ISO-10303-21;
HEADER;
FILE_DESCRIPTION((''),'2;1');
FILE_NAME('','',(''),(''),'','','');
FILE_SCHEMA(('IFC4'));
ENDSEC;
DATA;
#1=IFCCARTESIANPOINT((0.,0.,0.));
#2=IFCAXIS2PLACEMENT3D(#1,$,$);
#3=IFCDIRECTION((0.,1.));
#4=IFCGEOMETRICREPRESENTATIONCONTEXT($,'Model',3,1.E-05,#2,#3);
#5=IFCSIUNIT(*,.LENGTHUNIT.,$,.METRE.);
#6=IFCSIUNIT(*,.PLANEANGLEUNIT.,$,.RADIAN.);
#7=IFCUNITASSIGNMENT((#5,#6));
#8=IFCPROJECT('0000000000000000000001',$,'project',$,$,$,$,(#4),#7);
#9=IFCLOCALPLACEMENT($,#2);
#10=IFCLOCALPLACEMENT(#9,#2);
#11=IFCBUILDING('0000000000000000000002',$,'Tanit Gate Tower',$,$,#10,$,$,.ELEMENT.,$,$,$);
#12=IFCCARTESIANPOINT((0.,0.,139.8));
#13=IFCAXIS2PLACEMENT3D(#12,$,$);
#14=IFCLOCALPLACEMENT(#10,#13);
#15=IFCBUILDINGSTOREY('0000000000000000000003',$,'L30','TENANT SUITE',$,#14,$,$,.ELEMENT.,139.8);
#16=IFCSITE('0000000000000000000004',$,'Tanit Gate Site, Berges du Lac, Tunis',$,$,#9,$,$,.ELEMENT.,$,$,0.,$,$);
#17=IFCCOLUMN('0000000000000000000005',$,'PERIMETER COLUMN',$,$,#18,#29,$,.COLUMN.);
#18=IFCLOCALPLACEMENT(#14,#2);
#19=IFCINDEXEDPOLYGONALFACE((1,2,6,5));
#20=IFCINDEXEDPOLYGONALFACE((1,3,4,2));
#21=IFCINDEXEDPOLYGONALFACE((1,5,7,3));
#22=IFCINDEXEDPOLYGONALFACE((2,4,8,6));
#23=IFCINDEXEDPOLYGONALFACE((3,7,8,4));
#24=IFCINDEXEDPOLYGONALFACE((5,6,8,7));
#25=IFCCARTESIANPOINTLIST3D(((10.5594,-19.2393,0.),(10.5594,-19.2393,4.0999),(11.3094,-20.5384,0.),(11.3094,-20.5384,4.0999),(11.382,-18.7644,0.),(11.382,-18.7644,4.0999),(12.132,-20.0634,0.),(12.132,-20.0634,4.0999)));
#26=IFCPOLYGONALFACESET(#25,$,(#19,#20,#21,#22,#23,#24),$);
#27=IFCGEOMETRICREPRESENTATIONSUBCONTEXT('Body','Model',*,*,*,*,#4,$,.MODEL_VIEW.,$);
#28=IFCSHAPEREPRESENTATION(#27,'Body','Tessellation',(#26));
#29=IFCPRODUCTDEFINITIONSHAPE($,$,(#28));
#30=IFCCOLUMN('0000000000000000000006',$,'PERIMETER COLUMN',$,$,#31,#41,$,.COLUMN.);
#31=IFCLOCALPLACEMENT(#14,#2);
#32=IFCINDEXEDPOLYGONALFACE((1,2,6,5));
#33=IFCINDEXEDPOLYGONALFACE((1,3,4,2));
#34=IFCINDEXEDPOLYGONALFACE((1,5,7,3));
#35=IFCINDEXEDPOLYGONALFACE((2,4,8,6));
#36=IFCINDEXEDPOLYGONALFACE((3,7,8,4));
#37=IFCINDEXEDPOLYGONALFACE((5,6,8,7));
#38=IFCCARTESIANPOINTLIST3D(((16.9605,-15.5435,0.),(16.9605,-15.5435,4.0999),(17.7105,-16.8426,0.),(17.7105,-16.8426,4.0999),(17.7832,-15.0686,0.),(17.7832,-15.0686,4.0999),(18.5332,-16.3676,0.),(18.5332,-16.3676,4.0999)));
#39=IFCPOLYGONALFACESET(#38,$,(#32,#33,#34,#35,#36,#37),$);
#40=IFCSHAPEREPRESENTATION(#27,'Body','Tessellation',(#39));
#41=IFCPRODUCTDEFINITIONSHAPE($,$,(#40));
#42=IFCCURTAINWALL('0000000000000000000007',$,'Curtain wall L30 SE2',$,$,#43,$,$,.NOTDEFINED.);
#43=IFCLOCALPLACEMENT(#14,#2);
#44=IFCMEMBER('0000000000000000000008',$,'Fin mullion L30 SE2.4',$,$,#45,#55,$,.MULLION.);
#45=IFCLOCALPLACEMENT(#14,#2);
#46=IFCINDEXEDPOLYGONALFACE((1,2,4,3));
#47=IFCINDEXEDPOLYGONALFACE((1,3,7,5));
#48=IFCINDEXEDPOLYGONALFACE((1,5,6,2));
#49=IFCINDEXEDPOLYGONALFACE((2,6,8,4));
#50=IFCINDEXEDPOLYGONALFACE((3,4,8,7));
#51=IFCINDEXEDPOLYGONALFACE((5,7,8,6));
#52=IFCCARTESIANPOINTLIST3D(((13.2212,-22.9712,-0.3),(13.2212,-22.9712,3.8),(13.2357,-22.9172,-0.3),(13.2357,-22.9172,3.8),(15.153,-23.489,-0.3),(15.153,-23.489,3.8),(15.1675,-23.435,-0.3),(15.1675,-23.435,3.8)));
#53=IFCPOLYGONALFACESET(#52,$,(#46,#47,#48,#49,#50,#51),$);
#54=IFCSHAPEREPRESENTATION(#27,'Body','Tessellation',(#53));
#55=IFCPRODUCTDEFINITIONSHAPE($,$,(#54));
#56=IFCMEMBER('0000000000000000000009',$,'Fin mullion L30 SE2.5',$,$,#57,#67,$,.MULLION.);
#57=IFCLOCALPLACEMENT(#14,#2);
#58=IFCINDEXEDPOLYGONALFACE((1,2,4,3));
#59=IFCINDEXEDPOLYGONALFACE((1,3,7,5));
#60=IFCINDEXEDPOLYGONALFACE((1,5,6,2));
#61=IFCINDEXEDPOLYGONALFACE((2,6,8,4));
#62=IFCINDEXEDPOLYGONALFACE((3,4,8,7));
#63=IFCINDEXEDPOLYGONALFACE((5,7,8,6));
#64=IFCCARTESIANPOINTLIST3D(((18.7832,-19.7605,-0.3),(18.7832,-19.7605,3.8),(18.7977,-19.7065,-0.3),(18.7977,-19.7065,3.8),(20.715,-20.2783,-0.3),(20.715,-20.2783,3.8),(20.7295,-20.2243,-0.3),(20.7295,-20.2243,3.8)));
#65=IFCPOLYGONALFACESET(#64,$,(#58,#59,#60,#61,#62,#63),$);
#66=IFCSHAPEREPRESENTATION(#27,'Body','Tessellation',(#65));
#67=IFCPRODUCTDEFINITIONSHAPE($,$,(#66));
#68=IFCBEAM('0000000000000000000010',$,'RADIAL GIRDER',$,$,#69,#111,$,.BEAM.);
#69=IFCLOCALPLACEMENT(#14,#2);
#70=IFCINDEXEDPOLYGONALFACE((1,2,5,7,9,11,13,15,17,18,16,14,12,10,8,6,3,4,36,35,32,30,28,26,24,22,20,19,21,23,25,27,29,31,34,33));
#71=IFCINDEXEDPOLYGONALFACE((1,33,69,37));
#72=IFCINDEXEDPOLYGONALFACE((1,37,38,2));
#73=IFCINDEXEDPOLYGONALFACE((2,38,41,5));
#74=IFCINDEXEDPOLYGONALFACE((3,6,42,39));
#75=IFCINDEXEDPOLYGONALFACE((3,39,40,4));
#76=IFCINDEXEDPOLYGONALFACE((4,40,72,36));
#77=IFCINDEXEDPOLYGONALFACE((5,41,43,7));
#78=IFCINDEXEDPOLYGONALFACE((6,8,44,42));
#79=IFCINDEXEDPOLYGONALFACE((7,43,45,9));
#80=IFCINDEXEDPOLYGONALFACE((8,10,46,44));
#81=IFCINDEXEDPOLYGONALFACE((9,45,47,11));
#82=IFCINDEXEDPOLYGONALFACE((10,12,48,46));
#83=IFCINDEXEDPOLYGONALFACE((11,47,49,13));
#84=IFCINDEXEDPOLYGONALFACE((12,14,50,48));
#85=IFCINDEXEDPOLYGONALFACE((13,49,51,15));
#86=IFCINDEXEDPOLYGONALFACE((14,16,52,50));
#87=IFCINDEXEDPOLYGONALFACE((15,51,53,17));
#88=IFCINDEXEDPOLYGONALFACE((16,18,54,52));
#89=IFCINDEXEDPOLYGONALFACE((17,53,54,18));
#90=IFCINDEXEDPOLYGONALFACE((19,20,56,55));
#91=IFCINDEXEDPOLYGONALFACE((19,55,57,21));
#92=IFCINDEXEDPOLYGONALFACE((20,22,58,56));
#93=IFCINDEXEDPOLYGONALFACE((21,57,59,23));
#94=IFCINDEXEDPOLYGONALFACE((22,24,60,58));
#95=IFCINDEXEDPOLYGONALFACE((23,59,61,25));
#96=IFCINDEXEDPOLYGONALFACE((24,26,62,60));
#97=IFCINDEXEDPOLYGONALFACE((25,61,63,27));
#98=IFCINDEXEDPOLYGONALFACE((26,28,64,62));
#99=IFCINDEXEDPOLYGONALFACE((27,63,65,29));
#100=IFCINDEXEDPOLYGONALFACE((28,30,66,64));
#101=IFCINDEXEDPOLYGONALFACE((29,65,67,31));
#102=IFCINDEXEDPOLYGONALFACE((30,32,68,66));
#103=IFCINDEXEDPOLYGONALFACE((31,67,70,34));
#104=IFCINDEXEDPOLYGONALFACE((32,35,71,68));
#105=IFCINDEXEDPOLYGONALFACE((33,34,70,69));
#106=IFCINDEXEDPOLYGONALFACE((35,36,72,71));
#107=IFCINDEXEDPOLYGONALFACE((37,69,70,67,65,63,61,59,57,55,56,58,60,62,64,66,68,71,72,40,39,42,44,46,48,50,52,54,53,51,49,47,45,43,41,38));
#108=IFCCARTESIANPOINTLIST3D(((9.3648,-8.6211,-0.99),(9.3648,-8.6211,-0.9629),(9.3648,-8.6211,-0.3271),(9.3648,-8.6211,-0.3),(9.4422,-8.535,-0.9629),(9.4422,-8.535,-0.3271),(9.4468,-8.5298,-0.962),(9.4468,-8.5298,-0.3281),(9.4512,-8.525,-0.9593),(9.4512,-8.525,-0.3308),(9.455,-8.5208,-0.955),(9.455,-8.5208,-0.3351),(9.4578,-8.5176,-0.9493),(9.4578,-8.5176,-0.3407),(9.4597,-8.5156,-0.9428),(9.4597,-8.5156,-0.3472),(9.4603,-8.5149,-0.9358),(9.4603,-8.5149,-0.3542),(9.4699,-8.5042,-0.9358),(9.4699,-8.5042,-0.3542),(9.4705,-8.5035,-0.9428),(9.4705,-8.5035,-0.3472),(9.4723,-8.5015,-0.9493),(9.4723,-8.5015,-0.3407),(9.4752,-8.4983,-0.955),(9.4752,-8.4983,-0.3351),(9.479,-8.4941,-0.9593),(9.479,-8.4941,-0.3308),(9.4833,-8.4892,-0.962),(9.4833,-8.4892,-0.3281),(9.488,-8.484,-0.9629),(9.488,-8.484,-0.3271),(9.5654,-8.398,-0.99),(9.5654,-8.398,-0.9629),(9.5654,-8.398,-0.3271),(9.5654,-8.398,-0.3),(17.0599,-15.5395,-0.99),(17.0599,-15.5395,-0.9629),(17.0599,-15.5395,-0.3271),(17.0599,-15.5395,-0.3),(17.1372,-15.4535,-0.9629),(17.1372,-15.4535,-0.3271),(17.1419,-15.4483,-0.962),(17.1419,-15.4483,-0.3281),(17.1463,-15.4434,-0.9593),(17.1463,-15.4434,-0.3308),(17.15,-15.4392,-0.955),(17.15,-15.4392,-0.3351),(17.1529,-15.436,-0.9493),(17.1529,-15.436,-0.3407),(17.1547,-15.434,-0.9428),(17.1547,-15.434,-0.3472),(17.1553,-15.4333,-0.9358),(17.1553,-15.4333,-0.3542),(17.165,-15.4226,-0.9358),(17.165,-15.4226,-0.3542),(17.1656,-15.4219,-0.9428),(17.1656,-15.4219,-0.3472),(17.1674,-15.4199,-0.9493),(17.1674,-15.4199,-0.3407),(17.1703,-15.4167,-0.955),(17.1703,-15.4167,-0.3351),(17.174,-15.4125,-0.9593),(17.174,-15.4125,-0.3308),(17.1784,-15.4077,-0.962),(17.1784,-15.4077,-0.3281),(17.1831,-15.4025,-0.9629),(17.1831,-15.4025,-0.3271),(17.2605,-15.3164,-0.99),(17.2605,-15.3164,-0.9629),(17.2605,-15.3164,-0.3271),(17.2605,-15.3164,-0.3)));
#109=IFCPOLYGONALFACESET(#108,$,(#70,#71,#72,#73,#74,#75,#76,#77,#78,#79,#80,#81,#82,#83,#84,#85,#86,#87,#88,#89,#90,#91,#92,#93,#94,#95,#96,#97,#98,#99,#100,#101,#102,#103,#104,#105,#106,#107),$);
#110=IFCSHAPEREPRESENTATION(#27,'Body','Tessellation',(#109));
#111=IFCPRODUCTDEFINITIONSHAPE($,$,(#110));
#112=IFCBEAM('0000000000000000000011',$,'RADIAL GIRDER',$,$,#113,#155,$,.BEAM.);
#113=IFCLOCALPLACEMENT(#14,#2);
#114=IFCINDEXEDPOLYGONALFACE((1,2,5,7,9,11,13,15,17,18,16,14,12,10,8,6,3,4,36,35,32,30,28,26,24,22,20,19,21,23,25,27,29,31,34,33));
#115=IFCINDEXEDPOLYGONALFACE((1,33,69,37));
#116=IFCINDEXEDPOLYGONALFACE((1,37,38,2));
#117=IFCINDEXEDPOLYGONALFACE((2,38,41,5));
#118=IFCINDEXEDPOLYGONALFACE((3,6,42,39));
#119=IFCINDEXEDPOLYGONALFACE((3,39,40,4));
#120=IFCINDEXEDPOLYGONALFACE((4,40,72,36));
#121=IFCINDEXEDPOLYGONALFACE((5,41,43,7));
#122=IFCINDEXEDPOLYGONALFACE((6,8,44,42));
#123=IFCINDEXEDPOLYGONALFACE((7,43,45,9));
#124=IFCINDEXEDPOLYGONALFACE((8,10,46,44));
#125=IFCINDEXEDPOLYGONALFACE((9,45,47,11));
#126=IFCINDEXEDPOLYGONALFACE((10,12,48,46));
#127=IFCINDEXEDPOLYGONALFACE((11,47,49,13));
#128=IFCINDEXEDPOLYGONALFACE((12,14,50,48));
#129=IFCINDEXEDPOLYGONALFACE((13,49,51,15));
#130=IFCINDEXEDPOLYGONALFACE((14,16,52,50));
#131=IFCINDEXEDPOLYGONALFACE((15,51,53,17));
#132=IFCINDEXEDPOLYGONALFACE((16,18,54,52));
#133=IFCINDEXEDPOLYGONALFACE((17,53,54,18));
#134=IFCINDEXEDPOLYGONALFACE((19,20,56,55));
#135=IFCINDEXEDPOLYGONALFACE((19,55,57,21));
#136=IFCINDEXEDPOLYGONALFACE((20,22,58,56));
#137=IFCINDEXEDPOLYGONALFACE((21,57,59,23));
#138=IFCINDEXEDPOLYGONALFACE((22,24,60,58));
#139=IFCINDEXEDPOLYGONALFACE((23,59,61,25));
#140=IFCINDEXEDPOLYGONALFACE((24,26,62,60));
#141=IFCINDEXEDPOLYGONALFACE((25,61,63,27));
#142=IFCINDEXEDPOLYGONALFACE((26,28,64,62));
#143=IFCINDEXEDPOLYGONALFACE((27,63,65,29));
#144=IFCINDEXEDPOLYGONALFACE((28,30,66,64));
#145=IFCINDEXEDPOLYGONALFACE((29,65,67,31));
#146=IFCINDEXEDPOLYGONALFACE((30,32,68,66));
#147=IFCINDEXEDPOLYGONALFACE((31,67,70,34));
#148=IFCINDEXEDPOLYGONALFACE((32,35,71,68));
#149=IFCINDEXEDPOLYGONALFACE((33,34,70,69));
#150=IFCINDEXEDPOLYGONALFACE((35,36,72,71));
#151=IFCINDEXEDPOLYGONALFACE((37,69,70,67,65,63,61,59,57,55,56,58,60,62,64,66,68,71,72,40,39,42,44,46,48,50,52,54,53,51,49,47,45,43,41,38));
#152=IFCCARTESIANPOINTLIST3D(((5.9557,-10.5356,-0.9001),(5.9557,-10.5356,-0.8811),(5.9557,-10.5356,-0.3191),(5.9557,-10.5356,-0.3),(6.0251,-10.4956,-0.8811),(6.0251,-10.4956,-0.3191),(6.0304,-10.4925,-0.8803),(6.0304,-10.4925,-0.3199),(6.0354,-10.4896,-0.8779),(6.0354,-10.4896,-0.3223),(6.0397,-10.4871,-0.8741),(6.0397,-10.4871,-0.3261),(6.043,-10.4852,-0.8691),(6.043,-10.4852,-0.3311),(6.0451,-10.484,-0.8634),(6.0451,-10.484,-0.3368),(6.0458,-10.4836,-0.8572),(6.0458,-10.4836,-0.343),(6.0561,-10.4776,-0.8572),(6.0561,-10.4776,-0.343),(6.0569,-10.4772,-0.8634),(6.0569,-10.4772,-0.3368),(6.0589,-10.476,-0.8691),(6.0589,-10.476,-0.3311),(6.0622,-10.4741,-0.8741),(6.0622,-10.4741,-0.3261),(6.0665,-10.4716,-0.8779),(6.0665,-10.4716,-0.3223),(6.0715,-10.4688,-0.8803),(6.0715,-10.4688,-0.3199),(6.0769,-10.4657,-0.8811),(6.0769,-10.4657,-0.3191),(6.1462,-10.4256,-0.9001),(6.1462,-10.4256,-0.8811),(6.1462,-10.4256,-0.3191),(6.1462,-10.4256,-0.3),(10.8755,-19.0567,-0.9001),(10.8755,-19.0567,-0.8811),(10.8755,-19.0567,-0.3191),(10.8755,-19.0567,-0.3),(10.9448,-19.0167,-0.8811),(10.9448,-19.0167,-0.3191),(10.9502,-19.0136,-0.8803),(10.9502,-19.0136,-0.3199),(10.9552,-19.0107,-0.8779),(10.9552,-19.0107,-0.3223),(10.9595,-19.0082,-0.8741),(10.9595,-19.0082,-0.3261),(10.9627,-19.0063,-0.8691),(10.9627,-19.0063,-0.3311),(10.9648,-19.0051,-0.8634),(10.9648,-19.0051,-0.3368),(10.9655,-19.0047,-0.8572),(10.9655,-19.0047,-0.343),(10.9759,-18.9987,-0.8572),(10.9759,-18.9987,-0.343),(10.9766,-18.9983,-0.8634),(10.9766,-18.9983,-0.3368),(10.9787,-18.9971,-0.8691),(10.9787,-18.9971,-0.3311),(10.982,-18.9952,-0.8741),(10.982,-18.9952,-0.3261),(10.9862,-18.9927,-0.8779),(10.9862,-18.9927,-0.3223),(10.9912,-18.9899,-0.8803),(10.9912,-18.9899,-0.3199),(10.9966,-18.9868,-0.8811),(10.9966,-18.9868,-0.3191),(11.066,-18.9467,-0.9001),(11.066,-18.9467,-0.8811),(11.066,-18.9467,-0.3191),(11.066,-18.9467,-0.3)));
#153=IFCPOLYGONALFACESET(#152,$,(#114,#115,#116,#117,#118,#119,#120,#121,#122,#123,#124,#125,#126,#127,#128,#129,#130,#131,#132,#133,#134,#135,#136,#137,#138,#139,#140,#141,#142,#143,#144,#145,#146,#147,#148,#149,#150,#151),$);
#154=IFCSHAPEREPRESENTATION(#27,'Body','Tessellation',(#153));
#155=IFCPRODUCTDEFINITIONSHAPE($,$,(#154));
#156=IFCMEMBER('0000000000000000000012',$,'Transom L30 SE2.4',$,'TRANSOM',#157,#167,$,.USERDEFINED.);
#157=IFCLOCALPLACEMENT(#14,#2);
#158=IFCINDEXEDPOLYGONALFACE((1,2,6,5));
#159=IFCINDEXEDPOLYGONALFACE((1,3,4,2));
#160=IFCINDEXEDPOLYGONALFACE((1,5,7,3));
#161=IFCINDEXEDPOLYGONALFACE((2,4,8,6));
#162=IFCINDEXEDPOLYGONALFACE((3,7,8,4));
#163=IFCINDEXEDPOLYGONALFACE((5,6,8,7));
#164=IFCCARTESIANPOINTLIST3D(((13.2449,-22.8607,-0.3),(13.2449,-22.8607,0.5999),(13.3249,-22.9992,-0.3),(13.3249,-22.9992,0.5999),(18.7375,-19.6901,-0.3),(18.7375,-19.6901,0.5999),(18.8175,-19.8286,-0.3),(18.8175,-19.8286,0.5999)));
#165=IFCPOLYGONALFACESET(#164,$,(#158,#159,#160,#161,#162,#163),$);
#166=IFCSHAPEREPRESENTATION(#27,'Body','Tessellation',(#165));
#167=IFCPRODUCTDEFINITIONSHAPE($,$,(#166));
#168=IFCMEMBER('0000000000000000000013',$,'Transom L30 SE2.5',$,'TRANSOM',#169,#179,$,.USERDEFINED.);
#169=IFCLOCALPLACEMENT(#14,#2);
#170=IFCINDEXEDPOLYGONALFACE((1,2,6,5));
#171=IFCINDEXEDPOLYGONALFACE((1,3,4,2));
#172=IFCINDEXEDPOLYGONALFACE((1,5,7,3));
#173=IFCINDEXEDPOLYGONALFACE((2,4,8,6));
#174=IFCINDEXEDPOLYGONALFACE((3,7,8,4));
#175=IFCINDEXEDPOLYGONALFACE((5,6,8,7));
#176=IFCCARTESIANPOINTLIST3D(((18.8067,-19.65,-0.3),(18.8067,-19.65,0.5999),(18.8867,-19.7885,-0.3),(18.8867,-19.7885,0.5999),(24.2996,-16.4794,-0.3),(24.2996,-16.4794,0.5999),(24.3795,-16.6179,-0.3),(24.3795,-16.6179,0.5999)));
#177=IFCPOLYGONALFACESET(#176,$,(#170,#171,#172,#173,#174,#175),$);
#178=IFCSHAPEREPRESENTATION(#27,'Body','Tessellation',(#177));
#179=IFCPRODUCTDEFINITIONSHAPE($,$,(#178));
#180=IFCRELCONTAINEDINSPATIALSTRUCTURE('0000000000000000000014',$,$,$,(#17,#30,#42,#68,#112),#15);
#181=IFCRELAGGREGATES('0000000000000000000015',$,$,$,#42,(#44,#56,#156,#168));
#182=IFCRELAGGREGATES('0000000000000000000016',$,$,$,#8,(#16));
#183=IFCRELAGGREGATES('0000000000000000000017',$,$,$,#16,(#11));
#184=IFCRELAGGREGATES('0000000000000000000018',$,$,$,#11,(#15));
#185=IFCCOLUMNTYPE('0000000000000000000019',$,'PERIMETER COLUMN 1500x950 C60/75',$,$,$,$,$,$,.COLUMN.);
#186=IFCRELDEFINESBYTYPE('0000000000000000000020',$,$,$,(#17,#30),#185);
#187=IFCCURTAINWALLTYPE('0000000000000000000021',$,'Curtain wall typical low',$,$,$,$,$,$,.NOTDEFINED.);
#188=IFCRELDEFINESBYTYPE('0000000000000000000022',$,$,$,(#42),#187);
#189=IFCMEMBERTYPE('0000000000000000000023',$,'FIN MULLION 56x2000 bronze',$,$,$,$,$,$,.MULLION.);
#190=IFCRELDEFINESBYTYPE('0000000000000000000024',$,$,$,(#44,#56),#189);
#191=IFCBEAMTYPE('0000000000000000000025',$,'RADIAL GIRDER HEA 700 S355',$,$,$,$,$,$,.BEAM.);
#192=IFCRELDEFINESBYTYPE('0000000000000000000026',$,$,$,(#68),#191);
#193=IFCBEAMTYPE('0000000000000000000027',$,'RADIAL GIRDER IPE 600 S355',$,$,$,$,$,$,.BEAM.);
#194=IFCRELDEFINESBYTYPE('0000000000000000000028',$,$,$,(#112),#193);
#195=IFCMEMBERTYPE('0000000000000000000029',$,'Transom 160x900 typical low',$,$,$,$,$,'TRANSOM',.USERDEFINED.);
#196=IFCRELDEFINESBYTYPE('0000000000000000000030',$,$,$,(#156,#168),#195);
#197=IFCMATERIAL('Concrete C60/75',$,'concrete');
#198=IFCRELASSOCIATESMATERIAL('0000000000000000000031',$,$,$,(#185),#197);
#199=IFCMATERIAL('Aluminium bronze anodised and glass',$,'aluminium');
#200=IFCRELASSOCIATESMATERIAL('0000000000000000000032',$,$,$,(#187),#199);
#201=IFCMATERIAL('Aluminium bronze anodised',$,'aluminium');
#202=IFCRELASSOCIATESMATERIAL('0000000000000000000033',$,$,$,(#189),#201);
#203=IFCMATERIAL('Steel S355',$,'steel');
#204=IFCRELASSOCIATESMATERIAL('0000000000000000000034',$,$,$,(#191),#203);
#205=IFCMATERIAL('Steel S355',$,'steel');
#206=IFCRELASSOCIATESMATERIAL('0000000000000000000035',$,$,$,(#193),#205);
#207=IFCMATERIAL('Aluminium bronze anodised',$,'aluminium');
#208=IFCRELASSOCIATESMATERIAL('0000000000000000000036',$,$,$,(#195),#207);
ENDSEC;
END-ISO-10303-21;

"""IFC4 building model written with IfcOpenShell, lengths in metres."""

from ifc_helpers import new_model, si_unit, direction, frame, origin, origin_2d, place, context, subcontext, project, spatial, rectangle, i_section, extrude, material, material_profile, profile_set, type_object, element, aggregate, save


model = new_model("IFC4")

# Units and contexts
model_context = context("Model", 3, precision=1e-05, world=origin(), true_north=direction((0.0, 1.0)))
body_context = subcontext(model_context, "Body", "Model", "MODEL_VIEW")
ifc_project = project(units=[si_unit("LENGTHUNIT", "METRE"), si_unit("PLANEANGLEUNIT", "RADIAN")], contexts=[model_context])

# Site, building, storey
site_placement = place(None, origin())
site = spatial("IfcSite", under=ifc_project, at=site_placement, Name="Tanit Gate Site, Berges du Lac, Tunis", CompositionType="ELEMENT", RefElevation=0.0)
building_placement = place(site_placement, origin())
building = spatial("IfcBuilding", under=site, at=building_placement, Name="Tanit Gate Tower", CompositionType="ELEMENT")
storey_placement = place(building_placement, frame((0.0, 0.0, 139.8)))
storey = spatial("IfcBuildingStorey", under=building, at=storey_placement, Name="L30", Description="TENANT SUITE", CompositionType="ELEMENT", Elevation=139.8)

# Columns
ifc_material_1 = material(Name="Concrete C60/75", Category="concrete")
ifc_material_profile_1 = material_profile(ifc_material_1, rectangle(XDim=1.5, YDim=0.95, at=origin_2d()), Name="RC 1500x950")
ifc_profile_set_1 = profile_set([ifc_material_profile_1], Name="Concrete C60/75")
column_type = type_object("IfcColumnType", Name="PERIMETER COLUMN 1500x950 C60/75", PredefinedType="COLUMN", material=ifc_profile_set_1)
for number, where, z_axis, x_axis, name in (
    (1, (11.3457, -19.6514, 0.0), (0.0, 0.0, 1.0), (0.5, -0.866025, 0.0), "PERIMETER COLUMN"),
    (2, (17.7468, -15.9556, 0.0), (0.0, 0.0, 1.0), (0.5, -0.866025, 0.0), "PERIMETER COLUMN"),
):
    element("IfcColumn", number, at=place(storey_placement, frame(where, z_axis=z_axis, x_axis=x_axis)), inside=storey, type_object=column_type, Name=name, PredefinedType="COLUMN", context=body_context, shape_type="SweptSolid", body=[
        extrude(rectangle(XDim=1.5, YDim=0.95, at=origin_2d()), origin(), (0.0, 0.0, 1.0), 4.0999),
    ])

# Curtain wall, members
ifc_material_2 = material(Name="Aluminium bronze anodised and glass", Category="aluminium")
curtain_wall_type = type_object("IfcCurtainWallType", Name="Curtain wall typical low", PredefinedType="NOTDEFINED", material=ifc_material_2)
curtain_wall_placement = place(storey_placement, origin())
curtain_wall = element("IfcCurtainWall", 3, at=curtain_wall_placement, inside=storey, type_object=curtain_wall_type, Name="Curtain wall L30 SE2", PredefinedType="NOTDEFINED")
ifc_material_3 = material(Name="Aluminium bronze anodised", Category="aluminium")
ifc_material_profile_2 = material_profile(ifc_material_3, rectangle(XDim=2.0, YDim=0.0559, at=origin_2d()), Name="56x2000 bronze fin mullion")
ifc_profile_set_2 = profile_set([ifc_material_profile_2], Name="Aluminium bronze anodised")
member_type_1 = type_object("IfcMemberType", Name="FIN MULLION 56x2000 bronze", PredefinedType="MULLION", material=ifc_profile_set_2)
member_1_placement = place(storey_placement, frame((14.1943, -23.2031, -0.3), z_axis=(0.0, 0.0, 1.0), x_axis=(-0.965908, 0.258886, 0.0)))
member_1 = element("IfcMember", 4, at=member_1_placement, type_object=member_type_1, Name="Fin mullion L30 SE2.4", PredefinedType="MULLION", context=body_context, shape_type="SweptSolid", body=[
    extrude(rectangle(XDim=2.0, YDim=0.0559, at=origin_2d()), origin(), (0.0, 0.0, 1.0), 4.1001),
])
member_2_placement = place(storey_placement, frame((19.7563, -19.9924, -0.3), z_axis=(0.0, 0.0, 1.0), x_axis=(-0.965908, 0.258886, 0.0)))
member_2 = element("IfcMember", 5, at=member_2_placement, type_object=member_type_1, Name="Fin mullion L30 SE2.5", PredefinedType="MULLION", context=body_context, shape_type="SweptSolid", body=[
    extrude(rectangle(XDim=2.0, YDim=0.0559, at=origin_2d()), origin(), (0.0, 0.0, 1.0), 4.1001),
])

# Beams
ifc_material_4 = material(Name="Steel S355", Category="steel")
ifc_material_profile_3 = material_profile(ifc_material_4, i_section(OverallWidth=0.3, OverallDepth=0.6899, WebThickness=0.0144, FlangeThickness=0.0271, FilletRadius=0.0271, at=origin_2d()), Name="HEA 700")
ifc_profile_set_3 = profile_set([ifc_material_profile_3], Name="Steel S355")
beam_type_1 = type_object("IfcBeamType", Name="RADIAL GIRDER HEA 700 S355", PredefinedType="BEAM", material=ifc_profile_set_3)
beam_1_placement = place(storey_placement, frame((17.1602, -15.428, -0.645), z_axis=(-0.743635, 0.668585, 0.0), x_axis=(-0.668585, -0.743635, 0.0)))
element("IfcBeam", 6, at=beam_1_placement, inside=storey, type_object=beam_type_1, Name="RADIAL GIRDER", PredefinedType="BEAM", context=body_context, shape_type="SweptSolid", body=[
    extrude(i_section(OverallWidth=0.3, OverallDepth=0.6899, WebThickness=0.0144, FlangeThickness=0.0271, FilletRadius=0.0271, at=origin_2d()), origin(), (0.0, 0.0, 1.0), 10.3479),
])
ifc_material_5 = material(Name="Steel S355", Category="steel")
ifc_material_profile_4 = material_profile(ifc_material_5, i_section(OverallWidth=0.22, OverallDepth=0.6001, WebThickness=0.012, FlangeThickness=0.019, FilletRadius=0.0239, at=origin_2d()), Name="IPE 600")
ifc_profile_set_4 = profile_set([ifc_material_profile_4], Name="Steel S355")
beam_type_2 = type_object("IfcBeamType", Name="RADIAL GIRDER IPE 600 S355", PredefinedType="BEAM", material=ifc_profile_set_4)
beam_2_placement = place(storey_placement, frame((10.9707, -19.0017, -0.6001), z_axis=(-0.500006, 0.866022, 0.0), x_axis=(-0.866022, -0.500006, 0.0)))
element("IfcBeam", 7, at=beam_2_placement, inside=storey, type_object=beam_type_2, Name="RADIAL GIRDER", PredefinedType="BEAM", context=body_context, shape_type="SweptSolid", body=[
    extrude(i_section(OverallWidth=0.22, OverallDepth=0.6001, WebThickness=0.012, FlangeThickness=0.019, FilletRadius=0.0239, at=origin_2d()), origin(), (0.0, 0.0, 1.0), 9.8394),
])

# Members
ifc_material_6 = material(Name="Aluminium bronze anodised", Category="aluminium")
ifc_material_profile_5 = material_profile(ifc_material_6, rectangle(XDim=0.1599, YDim=0.8999, at=origin_2d()), Name="160x900 bronze transom")
ifc_profile_set_5 = profile_set([ifc_material_profile_5], Name="Aluminium bronze anodised")
member_type_2 = type_object("IfcMemberType", Name="Transom 160x900 typical low", ElementType="TRANSOM", PredefinedType="USERDEFINED", material=ifc_profile_set_5)
member_3_placement = place(storey_placement, frame((13.2849, -22.9299, 0.1499), z_axis=(0.866063, 0.499936, 0.0), x_axis=(-0.499936, 0.866063, 0.0)))
member_3 = element("IfcMember", 8, at=member_3_placement, type_object=member_type_2, Name="Transom L30 SE2.4", ObjectType="TRANSOM", PredefinedType="USERDEFINED", context=body_context, shape_type="SweptSolid", body=[
    extrude(rectangle(XDim=0.1599, YDim=0.8999, at=origin_2d()), origin(), (0.0, 0.0, 1.0), 6.342),
])
member_4_placement = place(storey_placement, frame((18.8467, -19.7192, 0.1499), z_axis=(0.866072, 0.499919, 0.0), x_axis=(-0.499919, 0.866072, 0.0)))
member_4 = element("IfcMember", 9, at=member_4_placement, type_object=member_type_2, Name="Transom L30 SE2.5", ObjectType="TRANSOM", PredefinedType="USERDEFINED", context=body_context, shape_type="SweptSolid", body=[
    extrude(rectangle(XDim=0.1599, YDim=0.8999, at=origin_2d()), origin(), (0.0, 0.0, 1.0), 6.3423),
])

aggregate(curtain_wall, [member_1, member_2, member_3, member_4])

save(model, "model.ifc")
